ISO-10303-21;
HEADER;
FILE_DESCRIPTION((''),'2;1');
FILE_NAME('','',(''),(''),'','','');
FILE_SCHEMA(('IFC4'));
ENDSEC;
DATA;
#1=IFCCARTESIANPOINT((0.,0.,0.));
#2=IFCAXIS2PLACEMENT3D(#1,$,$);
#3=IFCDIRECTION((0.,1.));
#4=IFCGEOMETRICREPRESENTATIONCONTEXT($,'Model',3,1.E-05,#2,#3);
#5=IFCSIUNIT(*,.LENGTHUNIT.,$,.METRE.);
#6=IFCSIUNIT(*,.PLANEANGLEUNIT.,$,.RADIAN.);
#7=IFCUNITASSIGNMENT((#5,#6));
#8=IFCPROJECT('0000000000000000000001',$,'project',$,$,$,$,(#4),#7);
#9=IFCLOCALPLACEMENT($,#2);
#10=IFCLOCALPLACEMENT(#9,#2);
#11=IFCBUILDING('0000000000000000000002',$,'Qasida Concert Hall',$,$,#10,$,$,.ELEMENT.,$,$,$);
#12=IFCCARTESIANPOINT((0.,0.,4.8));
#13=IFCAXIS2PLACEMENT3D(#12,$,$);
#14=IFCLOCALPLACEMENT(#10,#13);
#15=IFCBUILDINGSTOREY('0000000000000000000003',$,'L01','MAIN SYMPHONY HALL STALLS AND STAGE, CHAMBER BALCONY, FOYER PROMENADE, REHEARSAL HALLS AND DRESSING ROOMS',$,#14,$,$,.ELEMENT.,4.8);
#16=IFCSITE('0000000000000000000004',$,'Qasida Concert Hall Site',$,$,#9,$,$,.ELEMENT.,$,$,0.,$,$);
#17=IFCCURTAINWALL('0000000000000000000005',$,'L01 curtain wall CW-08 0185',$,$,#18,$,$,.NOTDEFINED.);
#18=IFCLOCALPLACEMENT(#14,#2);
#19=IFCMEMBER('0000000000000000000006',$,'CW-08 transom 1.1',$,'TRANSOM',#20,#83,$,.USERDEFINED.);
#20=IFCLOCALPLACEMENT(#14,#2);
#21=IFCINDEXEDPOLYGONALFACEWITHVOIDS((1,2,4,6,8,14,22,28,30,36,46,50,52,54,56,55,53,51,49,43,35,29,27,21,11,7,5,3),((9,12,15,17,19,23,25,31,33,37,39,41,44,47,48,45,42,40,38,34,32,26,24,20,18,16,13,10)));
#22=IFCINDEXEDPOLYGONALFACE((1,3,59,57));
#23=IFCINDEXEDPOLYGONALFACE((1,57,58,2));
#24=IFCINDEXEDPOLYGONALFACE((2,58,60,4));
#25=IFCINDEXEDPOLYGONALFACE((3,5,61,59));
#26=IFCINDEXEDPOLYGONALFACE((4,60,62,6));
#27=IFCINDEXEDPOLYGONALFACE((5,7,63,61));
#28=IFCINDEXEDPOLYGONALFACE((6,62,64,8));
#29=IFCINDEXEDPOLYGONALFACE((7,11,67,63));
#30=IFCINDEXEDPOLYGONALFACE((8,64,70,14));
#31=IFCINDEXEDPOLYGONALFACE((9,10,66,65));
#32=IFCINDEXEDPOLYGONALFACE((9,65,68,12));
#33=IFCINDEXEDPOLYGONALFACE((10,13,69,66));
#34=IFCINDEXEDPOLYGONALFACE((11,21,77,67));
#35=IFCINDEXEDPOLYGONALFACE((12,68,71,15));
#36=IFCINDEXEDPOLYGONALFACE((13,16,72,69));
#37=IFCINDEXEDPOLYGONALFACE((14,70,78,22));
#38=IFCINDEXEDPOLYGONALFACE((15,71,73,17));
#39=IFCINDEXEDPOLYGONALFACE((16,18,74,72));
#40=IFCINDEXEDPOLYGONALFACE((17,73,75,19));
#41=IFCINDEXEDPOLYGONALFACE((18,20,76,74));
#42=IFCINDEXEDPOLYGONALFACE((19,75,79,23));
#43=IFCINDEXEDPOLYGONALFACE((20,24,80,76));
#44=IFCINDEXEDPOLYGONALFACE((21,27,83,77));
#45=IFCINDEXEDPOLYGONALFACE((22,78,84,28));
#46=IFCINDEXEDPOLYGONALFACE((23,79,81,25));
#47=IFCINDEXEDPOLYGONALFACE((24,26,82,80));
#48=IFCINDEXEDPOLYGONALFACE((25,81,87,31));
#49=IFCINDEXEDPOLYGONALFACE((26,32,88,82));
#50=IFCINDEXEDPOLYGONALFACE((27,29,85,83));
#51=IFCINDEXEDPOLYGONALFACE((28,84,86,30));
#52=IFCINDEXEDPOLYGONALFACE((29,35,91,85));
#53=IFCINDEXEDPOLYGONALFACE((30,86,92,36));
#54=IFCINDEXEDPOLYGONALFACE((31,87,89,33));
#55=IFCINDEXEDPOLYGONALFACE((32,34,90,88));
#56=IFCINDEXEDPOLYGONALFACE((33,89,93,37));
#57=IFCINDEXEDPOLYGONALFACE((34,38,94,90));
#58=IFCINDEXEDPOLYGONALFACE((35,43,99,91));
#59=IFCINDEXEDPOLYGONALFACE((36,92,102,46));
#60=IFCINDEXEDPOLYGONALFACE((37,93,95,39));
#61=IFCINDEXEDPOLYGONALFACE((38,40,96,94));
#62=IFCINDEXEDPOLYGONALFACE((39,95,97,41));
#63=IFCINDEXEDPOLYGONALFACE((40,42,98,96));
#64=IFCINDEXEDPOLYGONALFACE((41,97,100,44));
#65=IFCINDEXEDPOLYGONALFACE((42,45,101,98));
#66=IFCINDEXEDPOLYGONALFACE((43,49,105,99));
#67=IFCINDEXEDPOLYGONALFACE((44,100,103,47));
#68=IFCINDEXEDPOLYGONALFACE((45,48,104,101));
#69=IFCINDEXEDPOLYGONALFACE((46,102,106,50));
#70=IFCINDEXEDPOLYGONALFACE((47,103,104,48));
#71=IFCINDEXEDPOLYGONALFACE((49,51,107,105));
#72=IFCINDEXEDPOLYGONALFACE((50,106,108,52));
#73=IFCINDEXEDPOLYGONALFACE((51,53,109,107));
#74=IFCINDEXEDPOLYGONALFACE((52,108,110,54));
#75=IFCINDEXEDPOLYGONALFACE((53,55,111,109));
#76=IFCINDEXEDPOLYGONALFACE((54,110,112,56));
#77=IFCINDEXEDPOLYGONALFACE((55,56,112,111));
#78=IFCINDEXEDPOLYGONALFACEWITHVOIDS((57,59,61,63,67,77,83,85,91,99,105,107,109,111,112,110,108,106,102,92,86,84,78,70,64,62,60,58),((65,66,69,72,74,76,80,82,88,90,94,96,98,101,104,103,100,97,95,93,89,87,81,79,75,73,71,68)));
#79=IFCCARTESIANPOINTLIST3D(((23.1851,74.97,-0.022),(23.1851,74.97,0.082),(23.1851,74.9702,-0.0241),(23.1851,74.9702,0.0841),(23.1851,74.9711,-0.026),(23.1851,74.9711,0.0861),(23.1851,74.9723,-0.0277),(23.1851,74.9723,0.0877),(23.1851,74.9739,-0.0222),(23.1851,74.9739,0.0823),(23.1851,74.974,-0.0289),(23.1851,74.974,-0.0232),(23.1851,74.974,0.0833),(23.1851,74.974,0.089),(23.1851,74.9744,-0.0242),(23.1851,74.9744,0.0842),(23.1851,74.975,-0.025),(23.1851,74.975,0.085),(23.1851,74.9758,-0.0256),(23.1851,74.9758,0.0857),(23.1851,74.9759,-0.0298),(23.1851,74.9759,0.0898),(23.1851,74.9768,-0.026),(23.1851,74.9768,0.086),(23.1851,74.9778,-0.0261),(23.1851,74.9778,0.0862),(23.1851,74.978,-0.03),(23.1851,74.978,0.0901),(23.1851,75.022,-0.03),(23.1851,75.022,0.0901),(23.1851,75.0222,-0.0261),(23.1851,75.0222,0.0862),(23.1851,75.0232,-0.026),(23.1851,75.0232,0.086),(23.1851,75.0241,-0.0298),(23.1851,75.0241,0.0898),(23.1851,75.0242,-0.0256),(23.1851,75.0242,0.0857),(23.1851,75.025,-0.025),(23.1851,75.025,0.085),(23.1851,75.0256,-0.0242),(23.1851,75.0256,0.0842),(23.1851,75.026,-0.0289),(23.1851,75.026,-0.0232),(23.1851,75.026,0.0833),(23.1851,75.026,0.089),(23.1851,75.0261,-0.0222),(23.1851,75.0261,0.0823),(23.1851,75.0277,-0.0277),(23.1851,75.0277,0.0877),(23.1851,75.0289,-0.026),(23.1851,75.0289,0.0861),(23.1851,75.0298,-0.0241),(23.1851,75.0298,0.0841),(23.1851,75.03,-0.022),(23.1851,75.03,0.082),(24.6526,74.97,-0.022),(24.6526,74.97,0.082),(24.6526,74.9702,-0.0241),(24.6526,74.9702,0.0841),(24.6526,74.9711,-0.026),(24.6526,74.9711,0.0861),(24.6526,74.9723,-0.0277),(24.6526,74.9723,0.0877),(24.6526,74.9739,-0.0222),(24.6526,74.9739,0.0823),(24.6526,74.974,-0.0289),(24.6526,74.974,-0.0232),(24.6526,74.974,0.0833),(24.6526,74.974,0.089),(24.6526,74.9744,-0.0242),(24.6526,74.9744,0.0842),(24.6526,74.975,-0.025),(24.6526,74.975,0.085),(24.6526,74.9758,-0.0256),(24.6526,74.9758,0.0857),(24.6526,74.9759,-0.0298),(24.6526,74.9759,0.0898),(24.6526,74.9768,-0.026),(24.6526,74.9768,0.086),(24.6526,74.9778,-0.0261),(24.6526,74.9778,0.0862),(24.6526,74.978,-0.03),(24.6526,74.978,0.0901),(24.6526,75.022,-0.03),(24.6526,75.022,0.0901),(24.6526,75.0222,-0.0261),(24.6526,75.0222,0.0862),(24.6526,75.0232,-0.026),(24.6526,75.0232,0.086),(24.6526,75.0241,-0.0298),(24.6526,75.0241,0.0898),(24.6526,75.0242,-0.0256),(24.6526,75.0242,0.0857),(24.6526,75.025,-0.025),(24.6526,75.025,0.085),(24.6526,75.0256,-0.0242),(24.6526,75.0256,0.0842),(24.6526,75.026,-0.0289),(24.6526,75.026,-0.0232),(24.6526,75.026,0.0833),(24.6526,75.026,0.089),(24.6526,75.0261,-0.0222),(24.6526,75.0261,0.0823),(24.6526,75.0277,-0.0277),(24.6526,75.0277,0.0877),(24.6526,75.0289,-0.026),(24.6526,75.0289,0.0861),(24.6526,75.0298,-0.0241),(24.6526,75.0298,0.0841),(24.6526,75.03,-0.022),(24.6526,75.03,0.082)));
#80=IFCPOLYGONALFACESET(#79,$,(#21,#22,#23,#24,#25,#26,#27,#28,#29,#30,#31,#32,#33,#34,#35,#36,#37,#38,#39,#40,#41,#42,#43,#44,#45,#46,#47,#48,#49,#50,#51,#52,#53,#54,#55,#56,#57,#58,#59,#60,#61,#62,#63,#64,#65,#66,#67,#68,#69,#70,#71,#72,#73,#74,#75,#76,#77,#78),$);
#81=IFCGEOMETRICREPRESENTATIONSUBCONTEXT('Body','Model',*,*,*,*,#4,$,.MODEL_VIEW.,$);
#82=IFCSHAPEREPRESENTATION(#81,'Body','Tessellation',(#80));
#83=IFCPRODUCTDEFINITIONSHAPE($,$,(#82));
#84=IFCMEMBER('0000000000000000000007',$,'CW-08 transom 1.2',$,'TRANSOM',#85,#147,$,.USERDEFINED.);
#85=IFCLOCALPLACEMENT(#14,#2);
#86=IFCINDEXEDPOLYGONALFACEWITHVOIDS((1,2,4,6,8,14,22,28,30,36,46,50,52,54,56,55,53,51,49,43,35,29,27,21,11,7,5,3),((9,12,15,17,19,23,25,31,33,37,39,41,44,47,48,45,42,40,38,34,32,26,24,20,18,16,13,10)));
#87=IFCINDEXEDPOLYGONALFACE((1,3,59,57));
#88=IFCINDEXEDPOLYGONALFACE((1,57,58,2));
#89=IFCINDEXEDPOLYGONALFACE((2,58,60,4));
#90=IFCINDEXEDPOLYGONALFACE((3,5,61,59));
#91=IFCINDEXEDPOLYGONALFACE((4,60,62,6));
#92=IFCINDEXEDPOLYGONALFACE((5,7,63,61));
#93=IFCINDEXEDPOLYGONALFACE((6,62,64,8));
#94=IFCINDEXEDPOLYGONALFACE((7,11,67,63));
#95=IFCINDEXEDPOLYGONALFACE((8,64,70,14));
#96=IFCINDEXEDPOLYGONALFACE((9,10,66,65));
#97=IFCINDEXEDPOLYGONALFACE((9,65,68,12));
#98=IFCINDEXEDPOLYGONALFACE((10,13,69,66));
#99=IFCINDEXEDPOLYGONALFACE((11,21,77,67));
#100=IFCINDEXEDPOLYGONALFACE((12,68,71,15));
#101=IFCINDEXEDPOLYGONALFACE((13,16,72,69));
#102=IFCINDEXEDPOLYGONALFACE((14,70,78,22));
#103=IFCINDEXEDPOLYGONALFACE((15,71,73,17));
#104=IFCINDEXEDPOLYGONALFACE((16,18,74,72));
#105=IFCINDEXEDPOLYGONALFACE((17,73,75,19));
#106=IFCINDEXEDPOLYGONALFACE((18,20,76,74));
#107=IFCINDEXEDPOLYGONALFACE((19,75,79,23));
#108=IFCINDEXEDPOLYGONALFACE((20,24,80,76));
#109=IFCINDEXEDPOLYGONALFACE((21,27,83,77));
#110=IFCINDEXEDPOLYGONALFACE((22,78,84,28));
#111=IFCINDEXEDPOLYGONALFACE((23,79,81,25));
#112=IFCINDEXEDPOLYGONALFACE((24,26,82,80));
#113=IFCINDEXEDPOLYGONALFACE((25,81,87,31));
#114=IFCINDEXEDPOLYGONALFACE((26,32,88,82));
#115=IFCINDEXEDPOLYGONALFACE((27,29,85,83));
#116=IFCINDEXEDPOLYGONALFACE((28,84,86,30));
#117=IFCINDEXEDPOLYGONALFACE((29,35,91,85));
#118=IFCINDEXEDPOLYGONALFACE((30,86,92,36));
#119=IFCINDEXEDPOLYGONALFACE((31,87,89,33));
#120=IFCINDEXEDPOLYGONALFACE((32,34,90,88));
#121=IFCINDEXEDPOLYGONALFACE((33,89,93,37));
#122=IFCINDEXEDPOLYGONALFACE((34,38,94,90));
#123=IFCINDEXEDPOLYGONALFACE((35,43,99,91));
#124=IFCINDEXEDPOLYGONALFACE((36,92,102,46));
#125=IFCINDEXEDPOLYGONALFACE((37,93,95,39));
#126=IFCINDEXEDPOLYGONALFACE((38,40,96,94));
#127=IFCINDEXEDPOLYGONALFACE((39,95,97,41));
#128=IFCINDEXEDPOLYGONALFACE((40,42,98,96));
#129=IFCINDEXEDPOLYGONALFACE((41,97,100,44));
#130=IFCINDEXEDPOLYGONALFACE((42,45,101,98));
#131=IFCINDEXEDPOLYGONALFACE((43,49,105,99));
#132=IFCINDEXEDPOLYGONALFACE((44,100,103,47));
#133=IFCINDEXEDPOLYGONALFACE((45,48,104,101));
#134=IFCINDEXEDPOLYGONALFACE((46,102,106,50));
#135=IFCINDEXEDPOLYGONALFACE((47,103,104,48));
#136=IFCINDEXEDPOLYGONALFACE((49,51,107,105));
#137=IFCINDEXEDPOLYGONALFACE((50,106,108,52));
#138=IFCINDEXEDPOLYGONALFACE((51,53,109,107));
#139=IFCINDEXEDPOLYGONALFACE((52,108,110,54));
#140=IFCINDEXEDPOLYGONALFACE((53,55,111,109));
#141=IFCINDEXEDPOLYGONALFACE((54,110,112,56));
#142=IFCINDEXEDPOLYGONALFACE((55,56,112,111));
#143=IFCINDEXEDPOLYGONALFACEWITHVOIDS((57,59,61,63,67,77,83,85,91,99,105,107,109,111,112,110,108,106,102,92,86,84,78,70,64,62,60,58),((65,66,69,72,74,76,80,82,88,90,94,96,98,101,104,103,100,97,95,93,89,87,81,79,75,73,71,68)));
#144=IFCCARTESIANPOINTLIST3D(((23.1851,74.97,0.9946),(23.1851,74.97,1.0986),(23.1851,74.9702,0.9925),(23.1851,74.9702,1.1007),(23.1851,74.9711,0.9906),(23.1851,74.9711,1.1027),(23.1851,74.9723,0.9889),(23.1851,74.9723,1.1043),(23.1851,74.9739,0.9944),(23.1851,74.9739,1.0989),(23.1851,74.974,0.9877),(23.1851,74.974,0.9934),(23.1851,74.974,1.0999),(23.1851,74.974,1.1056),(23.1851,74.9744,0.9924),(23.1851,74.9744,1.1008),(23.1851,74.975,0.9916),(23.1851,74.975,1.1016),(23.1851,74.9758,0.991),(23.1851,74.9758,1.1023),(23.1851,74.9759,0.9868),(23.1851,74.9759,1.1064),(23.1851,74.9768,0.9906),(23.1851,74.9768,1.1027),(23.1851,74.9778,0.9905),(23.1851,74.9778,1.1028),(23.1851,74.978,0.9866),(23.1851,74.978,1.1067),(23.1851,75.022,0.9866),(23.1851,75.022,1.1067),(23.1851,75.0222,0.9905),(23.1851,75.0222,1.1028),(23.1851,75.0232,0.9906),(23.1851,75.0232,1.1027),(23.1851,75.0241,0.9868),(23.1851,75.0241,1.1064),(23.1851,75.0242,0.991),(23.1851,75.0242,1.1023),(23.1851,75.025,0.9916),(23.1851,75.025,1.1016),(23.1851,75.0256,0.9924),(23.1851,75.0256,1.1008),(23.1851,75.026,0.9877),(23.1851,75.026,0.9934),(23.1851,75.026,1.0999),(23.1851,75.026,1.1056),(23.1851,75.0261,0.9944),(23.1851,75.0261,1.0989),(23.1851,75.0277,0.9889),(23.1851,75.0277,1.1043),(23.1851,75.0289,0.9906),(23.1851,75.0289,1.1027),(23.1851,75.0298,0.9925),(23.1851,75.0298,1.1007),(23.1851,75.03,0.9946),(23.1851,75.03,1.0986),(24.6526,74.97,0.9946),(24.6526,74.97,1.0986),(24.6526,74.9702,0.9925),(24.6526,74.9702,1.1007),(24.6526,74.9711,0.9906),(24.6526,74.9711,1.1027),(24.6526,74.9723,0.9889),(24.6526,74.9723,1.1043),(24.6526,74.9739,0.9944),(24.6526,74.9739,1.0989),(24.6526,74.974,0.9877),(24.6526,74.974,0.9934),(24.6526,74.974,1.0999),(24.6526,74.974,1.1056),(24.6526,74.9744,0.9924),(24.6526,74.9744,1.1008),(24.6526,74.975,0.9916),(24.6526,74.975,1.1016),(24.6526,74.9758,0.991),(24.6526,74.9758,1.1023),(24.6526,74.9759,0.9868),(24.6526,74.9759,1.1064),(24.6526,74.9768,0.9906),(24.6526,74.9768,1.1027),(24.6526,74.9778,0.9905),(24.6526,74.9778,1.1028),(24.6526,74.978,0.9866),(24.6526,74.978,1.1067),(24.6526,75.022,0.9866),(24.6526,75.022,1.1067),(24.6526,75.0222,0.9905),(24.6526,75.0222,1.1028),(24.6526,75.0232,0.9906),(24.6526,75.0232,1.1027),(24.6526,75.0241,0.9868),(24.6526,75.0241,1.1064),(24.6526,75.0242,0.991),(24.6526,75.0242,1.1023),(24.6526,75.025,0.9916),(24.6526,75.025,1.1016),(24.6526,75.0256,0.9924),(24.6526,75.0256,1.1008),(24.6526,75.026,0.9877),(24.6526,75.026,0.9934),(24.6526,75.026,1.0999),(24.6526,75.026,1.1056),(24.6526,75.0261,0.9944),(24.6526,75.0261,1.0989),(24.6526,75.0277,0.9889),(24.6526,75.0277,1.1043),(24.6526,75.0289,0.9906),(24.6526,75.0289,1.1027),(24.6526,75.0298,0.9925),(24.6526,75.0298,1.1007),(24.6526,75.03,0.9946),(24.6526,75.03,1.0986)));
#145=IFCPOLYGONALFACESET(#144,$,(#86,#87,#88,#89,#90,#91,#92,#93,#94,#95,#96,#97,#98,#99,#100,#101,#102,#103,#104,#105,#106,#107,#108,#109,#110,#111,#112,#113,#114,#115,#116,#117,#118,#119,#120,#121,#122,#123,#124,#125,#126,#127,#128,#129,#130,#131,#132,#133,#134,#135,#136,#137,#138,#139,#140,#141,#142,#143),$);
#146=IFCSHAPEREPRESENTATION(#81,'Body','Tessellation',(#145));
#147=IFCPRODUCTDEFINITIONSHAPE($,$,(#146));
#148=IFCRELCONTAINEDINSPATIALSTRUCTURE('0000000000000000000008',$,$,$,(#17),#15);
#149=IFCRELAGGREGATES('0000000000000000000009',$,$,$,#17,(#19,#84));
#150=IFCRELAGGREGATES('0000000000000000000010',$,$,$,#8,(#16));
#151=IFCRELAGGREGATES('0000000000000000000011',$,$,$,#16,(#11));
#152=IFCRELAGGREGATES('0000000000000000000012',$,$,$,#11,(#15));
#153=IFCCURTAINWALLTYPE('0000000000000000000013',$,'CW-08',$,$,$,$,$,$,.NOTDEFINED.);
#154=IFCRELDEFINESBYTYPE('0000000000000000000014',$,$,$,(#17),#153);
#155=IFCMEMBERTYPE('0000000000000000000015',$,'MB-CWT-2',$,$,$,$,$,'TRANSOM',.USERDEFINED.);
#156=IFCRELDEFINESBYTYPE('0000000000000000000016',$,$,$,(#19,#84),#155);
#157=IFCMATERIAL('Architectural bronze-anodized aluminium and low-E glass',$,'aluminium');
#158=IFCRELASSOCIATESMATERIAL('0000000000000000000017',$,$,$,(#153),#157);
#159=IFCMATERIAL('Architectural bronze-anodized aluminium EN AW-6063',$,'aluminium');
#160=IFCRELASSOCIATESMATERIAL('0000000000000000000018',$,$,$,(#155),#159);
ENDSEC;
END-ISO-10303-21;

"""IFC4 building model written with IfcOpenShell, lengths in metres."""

from ifc_helpers import new_model, si_unit, direction, frame, origin, origin_2d, place, context, subcontext, project, spatial, hollow_rectangle, extrude, material, material_profile, profile_set, type_object, element, aggregate, save


model = new_model("IFC4")

# Units and contexts
model_context = context("Model", 3, precision=1e-05, world=origin(), true_north=direction((0.0, 1.0)))
body_context = subcontext(model_context, "Body", "Model", "MODEL_VIEW")
ifc_project = project(units=[si_unit("LENGTHUNIT", "METRE"), si_unit("PLANEANGLEUNIT", "RADIAN")], contexts=[model_context])

# Site, building, storey
site_placement = place(None, origin())
site = spatial("IfcSite", under=ifc_project, at=site_placement, Name="Qasida Concert Hall Site", CompositionType="ELEMENT", RefElevation=0.0)
building_placement = place(site_placement, origin())
building = spatial("IfcBuilding", under=site, at=building_placement, Name="Qasida Concert Hall", CompositionType="ELEMENT")
storey_placement = place(building_placement, frame((0.0, 0.0, 4.8)))
storey = spatial("IfcBuildingStorey", under=building, at=storey_placement, Name="L01", Description="MAIN SYMPHONY HALL STALLS AND STAGE, CHAMBER BALCONY, FOYER PROMENADE, REHEARSAL HALLS AND DRESSING ROOMS", CompositionType="ELEMENT", Elevation=4.8)

# Shared definitions
ifc_material_1 = material(Name="Architectural bronze-anodized aluminium and low-E glass", Category="aluminium")
ifc_material_2 = material(Name="Architectural bronze-anodized aluminium EN AW-6063", Category="aluminium")

# Curtain wall
curtain_wall_type_1 = type_object("IfcCurtainWallType", Name="CW-08", PredefinedType="NOTDEFINED", material=ifc_material_1)
curtain_wall_1_placement = place(storey_placement, origin())
curtain_wall_1 = element("IfcCurtainWall", 1, at=curtain_wall_1_placement, inside=storey, type_object=curtain_wall_type_1, Name="L01 curtain wall CW-08 0185", PredefinedType="NOTDEFINED")

# Members
ifc_material_profile_1 = material_profile(ifc_material_2, hollow_rectangle(XDim=0.0601, YDim=0.1201, WallThickness=0.0039, InnerFilletRadius=0.0039, OuterFilletRadius=0.0081, at=origin_2d()), Name="CWT 120x60x4")
ifc_profile_set_1 = profile_set([ifc_material_profile_1], Name="Architectural bronze-anodized aluminium EN AW-6063")
member_type_1 = type_object("IfcMemberType", Name="MB-CWT-2", ElementType="TRANSOM", PredefinedType="USERDEFINED", material=ifc_profile_set_1)
member_1_placement = place(storey_placement, frame((23.1851, 75.0, 0.03), z_axis=(1.0, 0.0, 0.0), x_axis=(0.0, 1.0, 0.0)))
member_1 = element("IfcMember", 2, at=member_1_placement, type_object=member_type_1, Name="CW-08 transom 1.1", ObjectType="TRANSOM", PredefinedType="USERDEFINED", context=body_context, shape_type="SweptSolid", body=[
    extrude(hollow_rectangle(XDim=0.0601, YDim=0.1201, WallThickness=0.0039, InnerFilletRadius=0.0039, OuterFilletRadius=0.0081, at=origin_2d()), origin(), (0.0, 0.0, 1.0), 1.4675),
])
member_2_placement = place(storey_placement, frame((23.1851, 75.0, 1.0466), z_axis=(1.0, 0.0, 0.0), x_axis=(0.0, 1.0, 0.0)))
member_2 = element("IfcMember", 3, at=member_2_placement, type_object=member_type_1, Name="CW-08 transom 1.2", ObjectType="TRANSOM", PredefinedType="USERDEFINED", context=body_context, shape_type="SweptSolid", body=[
    extrude(hollow_rectangle(XDim=0.0601, YDim=0.1201, WallThickness=0.0039, InnerFilletRadius=0.0039, OuterFilletRadius=0.0081, at=origin_2d()), origin(), (0.0, 0.0, 1.0), 1.4675),
])

aggregate(curtain_wall_1, [member_1, member_2])

save(model, "model.ifc")
